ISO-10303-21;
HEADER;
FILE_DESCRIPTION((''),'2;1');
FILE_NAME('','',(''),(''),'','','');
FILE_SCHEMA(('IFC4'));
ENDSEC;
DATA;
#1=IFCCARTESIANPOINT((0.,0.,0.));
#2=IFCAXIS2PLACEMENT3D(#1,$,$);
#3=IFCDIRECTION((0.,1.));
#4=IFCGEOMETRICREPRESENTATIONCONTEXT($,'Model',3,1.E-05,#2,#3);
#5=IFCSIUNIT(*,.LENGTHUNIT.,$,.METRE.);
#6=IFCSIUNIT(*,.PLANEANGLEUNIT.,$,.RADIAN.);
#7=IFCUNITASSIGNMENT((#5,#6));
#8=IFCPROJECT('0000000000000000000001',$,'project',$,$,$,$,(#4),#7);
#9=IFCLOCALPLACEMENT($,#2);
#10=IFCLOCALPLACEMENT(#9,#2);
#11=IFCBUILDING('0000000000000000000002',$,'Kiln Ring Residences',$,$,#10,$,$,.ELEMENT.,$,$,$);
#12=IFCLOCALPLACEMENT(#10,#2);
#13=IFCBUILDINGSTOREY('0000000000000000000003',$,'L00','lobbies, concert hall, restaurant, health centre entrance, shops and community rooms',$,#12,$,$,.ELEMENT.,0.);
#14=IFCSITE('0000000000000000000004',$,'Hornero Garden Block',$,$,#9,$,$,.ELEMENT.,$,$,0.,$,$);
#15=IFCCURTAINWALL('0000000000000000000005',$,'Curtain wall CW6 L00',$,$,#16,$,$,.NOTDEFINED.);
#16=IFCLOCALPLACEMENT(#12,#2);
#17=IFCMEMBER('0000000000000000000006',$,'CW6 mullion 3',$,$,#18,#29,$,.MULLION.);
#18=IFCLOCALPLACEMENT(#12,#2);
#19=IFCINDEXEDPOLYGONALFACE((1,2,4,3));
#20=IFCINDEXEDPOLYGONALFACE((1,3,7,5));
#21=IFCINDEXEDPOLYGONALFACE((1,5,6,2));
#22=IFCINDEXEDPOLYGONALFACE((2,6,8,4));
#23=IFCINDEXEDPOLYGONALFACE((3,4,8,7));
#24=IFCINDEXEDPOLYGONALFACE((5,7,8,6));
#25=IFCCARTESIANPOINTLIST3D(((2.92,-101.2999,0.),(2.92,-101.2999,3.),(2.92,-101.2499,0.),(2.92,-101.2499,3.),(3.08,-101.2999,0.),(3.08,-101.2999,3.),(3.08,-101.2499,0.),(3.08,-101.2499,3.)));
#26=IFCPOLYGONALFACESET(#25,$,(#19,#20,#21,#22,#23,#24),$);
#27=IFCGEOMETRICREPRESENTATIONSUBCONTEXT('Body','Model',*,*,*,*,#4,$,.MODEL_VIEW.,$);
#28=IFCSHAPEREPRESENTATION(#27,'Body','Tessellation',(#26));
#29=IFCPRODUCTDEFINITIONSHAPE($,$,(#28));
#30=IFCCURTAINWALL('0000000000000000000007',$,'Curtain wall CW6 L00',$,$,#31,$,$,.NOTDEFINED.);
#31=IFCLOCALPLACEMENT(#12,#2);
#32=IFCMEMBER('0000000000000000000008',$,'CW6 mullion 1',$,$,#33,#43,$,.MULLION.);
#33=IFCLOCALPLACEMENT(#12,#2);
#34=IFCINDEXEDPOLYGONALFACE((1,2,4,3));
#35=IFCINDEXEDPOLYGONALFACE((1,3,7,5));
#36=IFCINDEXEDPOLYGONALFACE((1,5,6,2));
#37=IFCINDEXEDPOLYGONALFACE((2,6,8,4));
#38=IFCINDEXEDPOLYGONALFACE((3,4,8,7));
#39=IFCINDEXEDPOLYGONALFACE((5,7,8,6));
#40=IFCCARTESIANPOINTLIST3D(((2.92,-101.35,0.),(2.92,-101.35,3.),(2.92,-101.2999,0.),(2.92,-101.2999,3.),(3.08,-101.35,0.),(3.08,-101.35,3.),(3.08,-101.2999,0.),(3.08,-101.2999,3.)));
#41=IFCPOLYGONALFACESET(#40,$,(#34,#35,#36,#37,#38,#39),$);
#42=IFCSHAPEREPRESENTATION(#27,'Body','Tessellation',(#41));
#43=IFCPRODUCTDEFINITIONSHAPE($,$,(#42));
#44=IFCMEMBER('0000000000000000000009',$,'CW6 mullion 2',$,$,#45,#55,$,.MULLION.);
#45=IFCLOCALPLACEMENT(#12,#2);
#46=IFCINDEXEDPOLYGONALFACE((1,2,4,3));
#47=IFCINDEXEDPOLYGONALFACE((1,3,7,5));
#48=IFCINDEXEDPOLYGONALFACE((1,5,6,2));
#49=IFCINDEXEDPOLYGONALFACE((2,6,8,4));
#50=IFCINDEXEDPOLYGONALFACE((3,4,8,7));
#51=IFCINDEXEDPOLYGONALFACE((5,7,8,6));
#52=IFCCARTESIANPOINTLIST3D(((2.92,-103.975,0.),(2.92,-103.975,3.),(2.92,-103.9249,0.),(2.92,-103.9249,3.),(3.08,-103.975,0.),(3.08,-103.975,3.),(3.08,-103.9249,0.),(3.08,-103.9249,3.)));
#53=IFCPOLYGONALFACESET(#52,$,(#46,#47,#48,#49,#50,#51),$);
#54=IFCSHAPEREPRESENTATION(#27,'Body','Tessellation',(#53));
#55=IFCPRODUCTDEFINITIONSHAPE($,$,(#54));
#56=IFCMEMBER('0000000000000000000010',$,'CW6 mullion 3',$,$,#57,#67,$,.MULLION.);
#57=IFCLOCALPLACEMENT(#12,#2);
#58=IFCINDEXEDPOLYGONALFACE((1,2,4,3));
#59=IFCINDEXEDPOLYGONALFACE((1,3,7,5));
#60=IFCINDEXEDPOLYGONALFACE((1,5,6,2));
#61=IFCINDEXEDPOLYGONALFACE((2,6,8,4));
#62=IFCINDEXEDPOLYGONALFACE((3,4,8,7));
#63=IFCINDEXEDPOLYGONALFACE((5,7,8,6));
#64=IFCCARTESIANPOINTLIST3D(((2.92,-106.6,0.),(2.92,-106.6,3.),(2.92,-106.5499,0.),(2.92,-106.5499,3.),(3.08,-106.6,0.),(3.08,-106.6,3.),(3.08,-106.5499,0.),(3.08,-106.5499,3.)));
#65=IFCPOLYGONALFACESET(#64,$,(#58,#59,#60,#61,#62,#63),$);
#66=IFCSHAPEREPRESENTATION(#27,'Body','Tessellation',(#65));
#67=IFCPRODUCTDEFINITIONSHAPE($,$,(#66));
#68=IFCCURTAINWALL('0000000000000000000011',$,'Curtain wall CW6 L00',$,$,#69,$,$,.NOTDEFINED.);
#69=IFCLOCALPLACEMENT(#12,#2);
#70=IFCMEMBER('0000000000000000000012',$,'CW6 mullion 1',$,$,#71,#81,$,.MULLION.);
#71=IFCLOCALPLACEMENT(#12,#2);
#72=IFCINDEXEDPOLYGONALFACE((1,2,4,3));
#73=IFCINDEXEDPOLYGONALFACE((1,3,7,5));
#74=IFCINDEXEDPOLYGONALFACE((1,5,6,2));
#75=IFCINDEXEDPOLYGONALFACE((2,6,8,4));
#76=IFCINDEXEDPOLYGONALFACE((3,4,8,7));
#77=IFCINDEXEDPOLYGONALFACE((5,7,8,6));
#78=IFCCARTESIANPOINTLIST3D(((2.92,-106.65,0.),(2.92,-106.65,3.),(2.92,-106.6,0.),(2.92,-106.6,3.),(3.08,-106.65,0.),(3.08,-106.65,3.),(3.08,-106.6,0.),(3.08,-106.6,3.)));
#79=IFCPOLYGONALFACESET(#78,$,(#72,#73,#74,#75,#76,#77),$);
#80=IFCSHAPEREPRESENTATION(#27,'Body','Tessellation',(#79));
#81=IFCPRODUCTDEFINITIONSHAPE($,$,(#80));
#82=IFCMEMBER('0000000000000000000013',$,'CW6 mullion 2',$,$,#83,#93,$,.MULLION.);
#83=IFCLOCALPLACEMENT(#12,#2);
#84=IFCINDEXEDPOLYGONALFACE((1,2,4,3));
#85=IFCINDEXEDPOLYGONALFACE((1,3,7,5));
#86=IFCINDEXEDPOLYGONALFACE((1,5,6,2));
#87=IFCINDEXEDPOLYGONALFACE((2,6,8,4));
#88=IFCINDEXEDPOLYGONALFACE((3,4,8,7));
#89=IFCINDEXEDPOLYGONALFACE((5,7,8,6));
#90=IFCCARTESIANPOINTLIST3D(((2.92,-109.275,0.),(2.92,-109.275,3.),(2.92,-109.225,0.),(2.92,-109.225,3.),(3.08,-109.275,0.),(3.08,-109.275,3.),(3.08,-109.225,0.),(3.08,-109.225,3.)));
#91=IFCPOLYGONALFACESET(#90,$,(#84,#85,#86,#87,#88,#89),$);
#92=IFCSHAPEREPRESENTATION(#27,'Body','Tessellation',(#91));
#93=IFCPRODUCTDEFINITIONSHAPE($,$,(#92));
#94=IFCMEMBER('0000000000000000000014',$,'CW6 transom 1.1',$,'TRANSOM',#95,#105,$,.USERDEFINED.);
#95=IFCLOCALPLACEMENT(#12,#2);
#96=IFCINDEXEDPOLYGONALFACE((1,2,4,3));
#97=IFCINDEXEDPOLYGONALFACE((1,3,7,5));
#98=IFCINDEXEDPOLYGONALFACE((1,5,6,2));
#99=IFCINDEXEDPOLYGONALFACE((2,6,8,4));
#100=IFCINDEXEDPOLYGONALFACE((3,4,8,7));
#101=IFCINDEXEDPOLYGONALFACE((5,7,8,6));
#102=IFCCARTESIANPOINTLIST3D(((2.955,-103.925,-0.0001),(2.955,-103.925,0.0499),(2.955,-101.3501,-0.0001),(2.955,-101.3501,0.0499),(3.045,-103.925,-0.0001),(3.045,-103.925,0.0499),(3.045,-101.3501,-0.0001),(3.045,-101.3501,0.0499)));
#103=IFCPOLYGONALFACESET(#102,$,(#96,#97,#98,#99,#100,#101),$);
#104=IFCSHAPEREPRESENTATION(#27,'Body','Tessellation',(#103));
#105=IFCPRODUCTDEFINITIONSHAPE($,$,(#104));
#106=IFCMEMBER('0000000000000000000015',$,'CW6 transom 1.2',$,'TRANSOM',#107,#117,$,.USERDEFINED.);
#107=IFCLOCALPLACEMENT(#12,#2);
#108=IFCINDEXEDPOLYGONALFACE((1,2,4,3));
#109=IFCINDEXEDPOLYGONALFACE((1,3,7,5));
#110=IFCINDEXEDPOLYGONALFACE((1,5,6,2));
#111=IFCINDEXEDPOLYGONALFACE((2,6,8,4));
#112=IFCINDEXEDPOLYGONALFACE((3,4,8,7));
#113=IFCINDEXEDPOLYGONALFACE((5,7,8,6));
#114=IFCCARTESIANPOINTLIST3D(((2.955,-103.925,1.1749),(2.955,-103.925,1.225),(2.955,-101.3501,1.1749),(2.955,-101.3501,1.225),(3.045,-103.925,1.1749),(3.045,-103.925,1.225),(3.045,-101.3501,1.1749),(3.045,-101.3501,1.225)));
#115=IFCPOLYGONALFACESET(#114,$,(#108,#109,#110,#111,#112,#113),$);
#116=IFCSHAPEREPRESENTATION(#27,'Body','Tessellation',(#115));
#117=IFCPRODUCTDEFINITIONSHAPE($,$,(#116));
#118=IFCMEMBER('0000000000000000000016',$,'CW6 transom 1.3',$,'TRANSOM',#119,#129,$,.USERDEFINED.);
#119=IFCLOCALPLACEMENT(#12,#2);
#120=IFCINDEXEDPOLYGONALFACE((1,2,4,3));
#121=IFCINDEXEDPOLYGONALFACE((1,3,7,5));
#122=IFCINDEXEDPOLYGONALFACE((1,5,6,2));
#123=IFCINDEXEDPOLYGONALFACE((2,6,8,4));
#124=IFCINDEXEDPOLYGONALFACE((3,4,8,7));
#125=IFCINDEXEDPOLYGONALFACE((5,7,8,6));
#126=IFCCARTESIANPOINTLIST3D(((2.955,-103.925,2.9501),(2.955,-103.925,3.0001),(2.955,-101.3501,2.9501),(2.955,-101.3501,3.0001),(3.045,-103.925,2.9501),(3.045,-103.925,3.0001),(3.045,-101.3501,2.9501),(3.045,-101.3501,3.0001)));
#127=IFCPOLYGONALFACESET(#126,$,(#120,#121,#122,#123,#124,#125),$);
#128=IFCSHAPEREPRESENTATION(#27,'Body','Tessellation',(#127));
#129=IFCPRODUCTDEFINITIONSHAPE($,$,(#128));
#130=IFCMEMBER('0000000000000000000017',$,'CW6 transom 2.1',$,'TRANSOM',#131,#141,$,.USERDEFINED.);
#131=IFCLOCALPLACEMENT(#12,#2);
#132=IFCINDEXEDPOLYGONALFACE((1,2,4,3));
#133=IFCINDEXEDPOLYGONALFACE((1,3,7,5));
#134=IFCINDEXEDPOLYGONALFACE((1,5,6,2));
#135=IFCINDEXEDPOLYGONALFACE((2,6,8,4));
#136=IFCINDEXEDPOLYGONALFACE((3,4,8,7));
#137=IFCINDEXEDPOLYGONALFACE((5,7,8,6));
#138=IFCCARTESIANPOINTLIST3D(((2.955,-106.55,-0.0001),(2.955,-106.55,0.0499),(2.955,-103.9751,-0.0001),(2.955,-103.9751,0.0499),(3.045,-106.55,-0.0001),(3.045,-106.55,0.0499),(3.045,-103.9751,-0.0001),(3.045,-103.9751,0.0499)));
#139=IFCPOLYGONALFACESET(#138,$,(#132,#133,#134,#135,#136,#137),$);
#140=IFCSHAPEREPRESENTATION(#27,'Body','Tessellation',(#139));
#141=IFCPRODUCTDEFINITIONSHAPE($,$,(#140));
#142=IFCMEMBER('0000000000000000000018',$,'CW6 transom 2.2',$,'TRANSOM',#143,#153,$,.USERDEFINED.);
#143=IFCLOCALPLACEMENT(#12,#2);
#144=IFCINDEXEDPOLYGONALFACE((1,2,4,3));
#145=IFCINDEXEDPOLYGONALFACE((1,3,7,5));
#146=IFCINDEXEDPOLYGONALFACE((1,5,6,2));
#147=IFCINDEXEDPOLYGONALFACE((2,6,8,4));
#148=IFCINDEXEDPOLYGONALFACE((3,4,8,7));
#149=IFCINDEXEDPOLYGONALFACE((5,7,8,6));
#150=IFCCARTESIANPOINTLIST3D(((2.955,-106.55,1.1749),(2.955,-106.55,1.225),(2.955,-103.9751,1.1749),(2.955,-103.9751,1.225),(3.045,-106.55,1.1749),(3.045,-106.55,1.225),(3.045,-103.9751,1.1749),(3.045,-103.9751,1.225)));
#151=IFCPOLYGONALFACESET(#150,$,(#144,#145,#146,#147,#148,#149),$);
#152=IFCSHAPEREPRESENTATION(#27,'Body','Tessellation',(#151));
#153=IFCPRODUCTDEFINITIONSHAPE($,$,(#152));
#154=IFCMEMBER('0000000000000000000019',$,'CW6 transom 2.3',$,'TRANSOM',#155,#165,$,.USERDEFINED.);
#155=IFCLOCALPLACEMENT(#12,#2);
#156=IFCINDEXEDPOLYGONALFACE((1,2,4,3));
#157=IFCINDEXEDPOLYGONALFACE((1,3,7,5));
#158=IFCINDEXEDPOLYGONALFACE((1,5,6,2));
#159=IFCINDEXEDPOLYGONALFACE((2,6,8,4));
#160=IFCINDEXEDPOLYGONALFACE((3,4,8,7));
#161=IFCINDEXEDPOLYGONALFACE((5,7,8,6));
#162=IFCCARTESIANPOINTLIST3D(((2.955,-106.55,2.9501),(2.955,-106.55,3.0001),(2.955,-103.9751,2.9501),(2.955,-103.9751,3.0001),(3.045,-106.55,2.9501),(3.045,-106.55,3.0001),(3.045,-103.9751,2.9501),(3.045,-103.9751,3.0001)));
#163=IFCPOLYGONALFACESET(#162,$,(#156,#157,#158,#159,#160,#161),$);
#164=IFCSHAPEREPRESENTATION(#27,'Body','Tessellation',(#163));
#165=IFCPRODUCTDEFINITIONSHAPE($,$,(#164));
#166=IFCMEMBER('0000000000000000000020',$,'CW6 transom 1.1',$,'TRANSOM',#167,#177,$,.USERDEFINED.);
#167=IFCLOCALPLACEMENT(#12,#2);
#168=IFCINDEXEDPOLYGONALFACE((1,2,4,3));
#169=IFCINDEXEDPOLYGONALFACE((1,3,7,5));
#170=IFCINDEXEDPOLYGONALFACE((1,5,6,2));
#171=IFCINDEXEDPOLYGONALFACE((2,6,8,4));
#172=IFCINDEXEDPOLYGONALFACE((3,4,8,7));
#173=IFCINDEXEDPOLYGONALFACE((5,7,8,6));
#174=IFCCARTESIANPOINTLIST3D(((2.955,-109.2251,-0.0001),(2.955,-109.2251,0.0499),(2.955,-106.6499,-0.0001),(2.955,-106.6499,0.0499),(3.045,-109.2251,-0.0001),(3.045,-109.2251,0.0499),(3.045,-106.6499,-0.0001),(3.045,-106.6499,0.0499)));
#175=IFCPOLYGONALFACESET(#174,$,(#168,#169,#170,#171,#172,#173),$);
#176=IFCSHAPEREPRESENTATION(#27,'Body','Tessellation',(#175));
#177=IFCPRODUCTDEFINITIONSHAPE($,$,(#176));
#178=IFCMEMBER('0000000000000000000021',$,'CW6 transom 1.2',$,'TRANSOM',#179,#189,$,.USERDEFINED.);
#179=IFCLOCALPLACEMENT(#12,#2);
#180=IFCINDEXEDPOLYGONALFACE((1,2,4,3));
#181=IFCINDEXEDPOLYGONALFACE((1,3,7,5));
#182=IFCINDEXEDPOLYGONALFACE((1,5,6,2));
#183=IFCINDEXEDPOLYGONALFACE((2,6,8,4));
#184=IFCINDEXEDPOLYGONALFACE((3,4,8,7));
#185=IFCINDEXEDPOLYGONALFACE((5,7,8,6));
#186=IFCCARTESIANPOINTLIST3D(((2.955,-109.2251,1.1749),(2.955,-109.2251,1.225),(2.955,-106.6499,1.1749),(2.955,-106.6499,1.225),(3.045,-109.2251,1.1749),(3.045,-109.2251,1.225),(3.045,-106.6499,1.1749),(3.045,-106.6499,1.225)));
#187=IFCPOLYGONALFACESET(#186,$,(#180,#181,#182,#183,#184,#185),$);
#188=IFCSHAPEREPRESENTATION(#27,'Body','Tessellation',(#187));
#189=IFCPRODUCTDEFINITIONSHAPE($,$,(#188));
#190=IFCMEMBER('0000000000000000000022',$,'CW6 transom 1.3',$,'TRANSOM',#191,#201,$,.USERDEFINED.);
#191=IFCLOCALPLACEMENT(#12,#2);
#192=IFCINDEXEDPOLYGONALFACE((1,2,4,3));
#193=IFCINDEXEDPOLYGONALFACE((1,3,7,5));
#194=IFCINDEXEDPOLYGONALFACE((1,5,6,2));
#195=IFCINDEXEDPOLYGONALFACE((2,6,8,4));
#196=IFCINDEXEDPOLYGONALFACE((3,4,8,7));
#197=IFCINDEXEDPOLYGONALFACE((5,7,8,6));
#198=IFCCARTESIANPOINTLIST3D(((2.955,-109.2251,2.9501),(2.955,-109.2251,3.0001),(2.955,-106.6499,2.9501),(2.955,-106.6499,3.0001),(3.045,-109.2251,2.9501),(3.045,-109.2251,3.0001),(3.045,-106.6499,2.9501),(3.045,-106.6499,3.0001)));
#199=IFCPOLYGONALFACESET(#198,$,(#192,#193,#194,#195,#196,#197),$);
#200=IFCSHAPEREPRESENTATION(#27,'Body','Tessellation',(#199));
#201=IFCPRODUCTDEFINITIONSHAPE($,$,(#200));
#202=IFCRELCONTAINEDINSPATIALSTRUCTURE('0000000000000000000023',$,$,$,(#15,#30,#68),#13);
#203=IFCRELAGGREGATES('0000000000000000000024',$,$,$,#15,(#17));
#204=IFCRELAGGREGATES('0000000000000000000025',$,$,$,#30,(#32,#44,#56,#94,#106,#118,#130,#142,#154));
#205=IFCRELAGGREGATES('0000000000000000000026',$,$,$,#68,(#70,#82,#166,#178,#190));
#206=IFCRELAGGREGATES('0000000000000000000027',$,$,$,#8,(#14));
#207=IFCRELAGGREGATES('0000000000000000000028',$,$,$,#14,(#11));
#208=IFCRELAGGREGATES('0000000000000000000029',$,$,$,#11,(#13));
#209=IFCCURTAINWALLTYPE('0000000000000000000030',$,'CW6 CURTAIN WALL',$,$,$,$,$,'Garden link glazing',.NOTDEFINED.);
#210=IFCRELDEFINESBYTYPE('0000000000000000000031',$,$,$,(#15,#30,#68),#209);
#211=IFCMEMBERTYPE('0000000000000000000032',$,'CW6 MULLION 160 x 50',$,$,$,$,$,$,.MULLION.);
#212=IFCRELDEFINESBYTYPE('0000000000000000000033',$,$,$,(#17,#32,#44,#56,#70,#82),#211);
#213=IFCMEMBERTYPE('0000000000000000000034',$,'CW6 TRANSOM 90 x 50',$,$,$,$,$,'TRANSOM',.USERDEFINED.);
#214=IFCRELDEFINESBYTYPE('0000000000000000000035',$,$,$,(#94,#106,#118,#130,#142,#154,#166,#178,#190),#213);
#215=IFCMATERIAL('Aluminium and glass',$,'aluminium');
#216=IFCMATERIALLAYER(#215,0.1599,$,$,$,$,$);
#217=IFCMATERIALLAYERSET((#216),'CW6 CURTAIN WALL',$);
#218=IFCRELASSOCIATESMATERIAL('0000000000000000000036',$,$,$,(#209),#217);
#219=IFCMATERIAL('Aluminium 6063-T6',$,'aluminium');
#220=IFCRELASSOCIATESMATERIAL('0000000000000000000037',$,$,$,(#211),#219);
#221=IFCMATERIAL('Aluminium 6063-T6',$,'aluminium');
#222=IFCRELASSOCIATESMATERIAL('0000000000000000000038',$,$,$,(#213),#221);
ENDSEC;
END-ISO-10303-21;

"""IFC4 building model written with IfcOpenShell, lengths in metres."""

from ifc_helpers import new_model, si_unit, direction, frame, origin, origin_2d, place, context, subcontext, project, spatial, rectangle, extrude, material, layer, layer_set, material_profile, profile_set, type_object, element, aggregate, save


model = new_model("IFC4")

# Units and contexts
model_context = context("Model", 3, precision=1e-05, world=origin(), true_north=direction((0.0, 1.0)))
body_context = subcontext(model_context, "Body", "Model", "MODEL_VIEW")
ifc_project = project(units=[si_unit("LENGTHUNIT", "METRE"), si_unit("PLANEANGLEUNIT", "RADIAN")], contexts=[model_context])

# Site, building, storey
site_placement = place(None, origin())
site = spatial("IfcSite", under=ifc_project, at=site_placement, Name="Hornero Garden Block", CompositionType="ELEMENT", RefElevation=0.0)
building_placement = place(site_placement, origin())
building = spatial("IfcBuilding", under=site, at=building_placement, Name="Kiln Ring Residences", CompositionType="ELEMENT")
storey_placement = place(building_placement, origin())
storey = spatial("IfcBuildingStorey", under=building, at=storey_placement, Name="L00", Description="lobbies, concert hall, restaurant, health centre entrance, shops and community rooms", CompositionType="ELEMENT", Elevation=0.0)

# Curtain wall, member
ifc_material_1 = material(Name="Aluminium and glass", Category="aluminium")
ifc_layer_1 = layer(ifc_material_1, 0.1599)
ifc_layer_set_1 = layer_set([ifc_layer_1], Name="CW6 CURTAIN WALL")
curtain_wall_type = type_object("IfcCurtainWallType", Name="CW6 CURTAIN WALL", ElementType="Garden link glazing", PredefinedType="NOTDEFINED", material=ifc_layer_set_1)
placement = place(storey_placement, origin())
curtain_wall_1 = element("IfcCurtainWall", 1, at=placement, inside=storey, type_object=curtain_wall_type, Name="Curtain wall CW6 L00", PredefinedType="NOTDEFINED")
ifc_material_2 = material(Name="Aluminium 6063-T6", Category="aluminium")
ifc_material_profile_1 = material_profile(ifc_material_2, rectangle(XDim=0.1599, YDim=0.05, at=origin_2d()), Name="AL 160x50")
ifc_profile_set_1 = profile_set([ifc_material_profile_1], Name="Aluminium 6063-T6")
member_type_1 = type_object("IfcMemberType", Name="CW6 MULLION 160 x 50", PredefinedType="MULLION", material=ifc_profile_set_1)
member_1_placement = place(storey_placement, frame((3.0, -101.2749, 0.0), z_axis=(0.0, 0.0, 1.0), x_axis=(1.0, 0.0, 0.0)))
member_1 = element("IfcMember", 2, at=member_1_placement, type_object=member_type_1, Name="CW6 mullion 3", PredefinedType="MULLION", context=body_context, shape_type="SweptSolid", body=[
    extrude(rectangle(XDim=0.1599, YDim=0.05, at=origin_2d()), origin(), (0.0, 0.0, 1.0), 3.0),
])

# Curtain walls, members
curtain_wall_2 = element("IfcCurtainWall", 3, at=placement, inside=storey, type_object=curtain_wall_type, Name="Curtain wall CW6 L00", PredefinedType="NOTDEFINED")
member_2_placement = place(storey_placement, frame((3.0, -101.325, 0.0), z_axis=(0.0, 0.0, 1.0), x_axis=(1.0, 0.0, 0.0)))
member_2 = element("IfcMember", 4, at=member_2_placement, type_object=member_type_1, Name="CW6 mullion 1", PredefinedType="MULLION", context=body_context, shape_type="SweptSolid", body=[
    extrude(rectangle(XDim=0.1599, YDim=0.05, at=origin_2d()), origin(), (0.0, 0.0, 1.0), 3.0),
])
member_3_placement = place(storey_placement, frame((3.0, -103.95, 0.0), z_axis=(0.0, 0.0, 1.0), x_axis=(1.0, 0.0, 0.0)))
member_3 = element("IfcMember", 5, at=member_3_placement, type_object=member_type_1, Name="CW6 mullion 2", PredefinedType="MULLION", context=body_context, shape_type="SweptSolid", body=[
    extrude(rectangle(XDim=0.1599, YDim=0.05, at=origin_2d()), origin(), (0.0, 0.0, 1.0), 3.0),
])
member_4_placement = place(storey_placement, frame((3.0, -106.575, 0.0), z_axis=(0.0, 0.0, 1.0), x_axis=(1.0, 0.0, 0.0)))
member_4 = element("IfcMember", 6, at=member_4_placement, type_object=member_type_1, Name="CW6 mullion 3", PredefinedType="MULLION", context=body_context, shape_type="SweptSolid", body=[
    extrude(rectangle(XDim=0.1599, YDim=0.05, at=origin_2d()), origin(), (0.0, 0.0, 1.0), 3.0),
])
curtain_wall_3 = element("IfcCurtainWall", 7, at=placement, inside=storey, type_object=curtain_wall_type, Name="Curtain wall CW6 L00", PredefinedType="NOTDEFINED")
member_5_placement = place(storey_placement, frame((3.0, -106.625, 0.0), z_axis=(0.0, 0.0, 1.0), x_axis=(1.0, 0.0, 0.0)))
member_5 = element("IfcMember", 8, at=member_5_placement, type_object=member_type_1, Name="CW6 mullion 1", PredefinedType="MULLION", context=body_context, shape_type="SweptSolid", body=[
    extrude(rectangle(XDim=0.1599, YDim=0.05, at=origin_2d()), origin(), (0.0, 0.0, 1.0), 3.0),
])
member_6_placement = place(storey_placement, frame((3.0, -109.25, 0.0), z_axis=(0.0, 0.0, 1.0), x_axis=(1.0, 0.0, 0.0)))
member_6 = element("IfcMember", 9, at=member_6_placement, type_object=member_type_1, Name="CW6 mullion 2", PredefinedType="MULLION", context=body_context, shape_type="SweptSolid", body=[
    extrude(rectangle(XDim=0.1599, YDim=0.05, at=origin_2d()), origin(), (0.0, 0.0, 1.0), 3.0),
])

# Members
ifc_material_3 = material(Name="Aluminium 6063-T6", Category="aluminium")
ifc_material_profile_2 = material_profile(ifc_material_3, rectangle(XDim=0.0901, YDim=0.05, at=origin_2d()), Name="AL 90x50")
ifc_profile_set_2 = profile_set([ifc_material_profile_2], Name="Aluminium 6063-T6")
member_type_2 = type_object("IfcMemberType", Name="CW6 TRANSOM 90 x 50", ElementType="TRANSOM", PredefinedType="USERDEFINED", material=ifc_profile_set_2)
member_7_placement = place(storey_placement, frame((3.0, -101.3501, 0.0249), z_axis=(0.0, -1.0, 0.0), x_axis=(1.0, 0.0, 0.0)))
member_7 = element("IfcMember", 10, at=member_7_placement, type_object=member_type_2, Name="CW6 transom 1.1", ObjectType="TRANSOM", PredefinedType="USERDEFINED", context=body_context, shape_type="SweptSolid", body=[
    extrude(rectangle(XDim=0.0901, YDim=0.05, at=origin_2d()), origin(), (0.0, 0.0, 1.0), 2.575),
])
member_8_placement = place(storey_placement, frame((3.0, -101.3501, 1.2), z_axis=(0.0, -1.0, 0.0), x_axis=(1.0, 0.0, 0.0)))
member_8 = element("IfcMember", 11, at=member_8_placement, type_object=member_type_2, Name="CW6 transom 1.2", ObjectType="TRANSOM", PredefinedType="USERDEFINED", context=body_context, shape_type="SweptSolid", body=[
    extrude(rectangle(XDim=0.0901, YDim=0.05, at=origin_2d()), origin(), (0.0, 0.0, 1.0), 2.575),
])
member_9_placement = place(storey_placement, frame((3.0, -101.3501, 2.9751), z_axis=(0.0, -1.0, 0.0), x_axis=(1.0, 0.0, 0.0)))
member_9 = element("IfcMember", 12, at=member_9_placement, type_object=member_type_2, Name="CW6 transom 1.3", ObjectType="TRANSOM", PredefinedType="USERDEFINED", context=body_context, shape_type="SweptSolid", body=[
    extrude(rectangle(XDim=0.0901, YDim=0.05, at=origin_2d()), origin(), (0.0, 0.0, 1.0), 2.575),
])
member_10_placement = place(storey_placement, frame((3.0, -103.9751, 0.0249), z_axis=(0.0, -1.0, 0.0), x_axis=(1.0, 0.0, 0.0)))
member_10 = element("IfcMember", 13, at=member_10_placement, type_object=member_type_2, Name="CW6 transom 2.1", ObjectType="TRANSOM", PredefinedType="USERDEFINED", context=body_context, shape_type="SweptSolid", body=[
    extrude(rectangle(XDim=0.0901, YDim=0.05, at=origin_2d()), origin(), (0.0, 0.0, 1.0), 2.575),
])
member_11_placement = place(storey_placement, frame((3.0, -103.9751, 1.2), z_axis=(0.0, -1.0, 0.0), x_axis=(1.0, 0.0, 0.0)))
member_11 = element("IfcMember", 14, at=member_11_placement, type_object=member_type_2, Name="CW6 transom 2.2", ObjectType="TRANSOM", PredefinedType="USERDEFINED", context=body_context, shape_type="SweptSolid", body=[
    extrude(rectangle(XDim=0.0901, YDim=0.05, at=origin_2d()), origin(), (0.0, 0.0, 1.0), 2.575),
])
member_12_placement = place(storey_placement, frame((3.0, -103.9751, 2.9751), z_axis=(0.0, -1.0, 0.0), x_axis=(1.0, 0.0, 0.0)))
member_12 = element("IfcMember", 15, at=member_12_placement, type_object=member_type_2, Name="CW6 transom 2.3", ObjectType="TRANSOM", PredefinedType="USERDEFINED", context=body_context, shape_type="SweptSolid", body=[
    extrude(rectangle(XDim=0.0901, YDim=0.05, at=origin_2d()), origin(), (0.0, 0.0, 1.0), 2.575),
])
member_13_placement = place(storey_placement, frame((3.0, -106.6499, 0.0249), z_axis=(0.0, -1.0, 0.0), x_axis=(1.0, 0.0, 0.0)))
member_13 = element("IfcMember", 16, at=member_13_placement, type_object=member_type_2, Name="CW6 transom 1.1", ObjectType="TRANSOM", PredefinedType="USERDEFINED", context=body_context, shape_type="SweptSolid", body=[
    extrude(rectangle(XDim=0.0901, YDim=0.05, at=origin_2d()), origin(), (0.0, 0.0, 1.0), 2.5752),
])
member_14_placement = place(storey_placement, frame((3.0, -106.6499, 1.2), z_axis=(0.0, -1.0, 0.0), x_axis=(1.0, 0.0, 0.0)))
member_14 = element("IfcMember", 17, at=member_14_placement, type_object=member_type_2, Name="CW6 transom 1.2", ObjectType="TRANSOM", PredefinedType="USERDEFINED", context=body_context, shape_type="SweptSolid", body=[
    extrude(rectangle(XDim=0.0901, YDim=0.05, at=origin_2d()), origin(), (0.0, 0.0, 1.0), 2.5752),
])
member_15_placement = place(storey_placement, frame((3.0, -106.6499, 2.9751), z_axis=(0.0, -1.0, 0.0), x_axis=(1.0, 0.0, 0.0)))
member_15 = element("IfcMember", 18, at=member_15_placement, type_object=member_type_2, Name="CW6 transom 1.3", ObjectType="TRANSOM", PredefinedType="USERDEFINED", context=body_context, shape_type="SweptSolid", body=[
    extrude(rectangle(XDim=0.0901, YDim=0.05, at=origin_2d()), origin(), (0.0, 0.0, 1.0), 2.5752),
])

aggregate(curtain_wall_1, [member_1])
aggregate(curtain_wall_2, [member_2, member_3, member_4, member_7, member_8, member_9, member_10, member_11, member_12])
aggregate(curtain_wall_3, [member_5, member_6, member_13, member_14, member_15])

save(model, "model.ifc")
